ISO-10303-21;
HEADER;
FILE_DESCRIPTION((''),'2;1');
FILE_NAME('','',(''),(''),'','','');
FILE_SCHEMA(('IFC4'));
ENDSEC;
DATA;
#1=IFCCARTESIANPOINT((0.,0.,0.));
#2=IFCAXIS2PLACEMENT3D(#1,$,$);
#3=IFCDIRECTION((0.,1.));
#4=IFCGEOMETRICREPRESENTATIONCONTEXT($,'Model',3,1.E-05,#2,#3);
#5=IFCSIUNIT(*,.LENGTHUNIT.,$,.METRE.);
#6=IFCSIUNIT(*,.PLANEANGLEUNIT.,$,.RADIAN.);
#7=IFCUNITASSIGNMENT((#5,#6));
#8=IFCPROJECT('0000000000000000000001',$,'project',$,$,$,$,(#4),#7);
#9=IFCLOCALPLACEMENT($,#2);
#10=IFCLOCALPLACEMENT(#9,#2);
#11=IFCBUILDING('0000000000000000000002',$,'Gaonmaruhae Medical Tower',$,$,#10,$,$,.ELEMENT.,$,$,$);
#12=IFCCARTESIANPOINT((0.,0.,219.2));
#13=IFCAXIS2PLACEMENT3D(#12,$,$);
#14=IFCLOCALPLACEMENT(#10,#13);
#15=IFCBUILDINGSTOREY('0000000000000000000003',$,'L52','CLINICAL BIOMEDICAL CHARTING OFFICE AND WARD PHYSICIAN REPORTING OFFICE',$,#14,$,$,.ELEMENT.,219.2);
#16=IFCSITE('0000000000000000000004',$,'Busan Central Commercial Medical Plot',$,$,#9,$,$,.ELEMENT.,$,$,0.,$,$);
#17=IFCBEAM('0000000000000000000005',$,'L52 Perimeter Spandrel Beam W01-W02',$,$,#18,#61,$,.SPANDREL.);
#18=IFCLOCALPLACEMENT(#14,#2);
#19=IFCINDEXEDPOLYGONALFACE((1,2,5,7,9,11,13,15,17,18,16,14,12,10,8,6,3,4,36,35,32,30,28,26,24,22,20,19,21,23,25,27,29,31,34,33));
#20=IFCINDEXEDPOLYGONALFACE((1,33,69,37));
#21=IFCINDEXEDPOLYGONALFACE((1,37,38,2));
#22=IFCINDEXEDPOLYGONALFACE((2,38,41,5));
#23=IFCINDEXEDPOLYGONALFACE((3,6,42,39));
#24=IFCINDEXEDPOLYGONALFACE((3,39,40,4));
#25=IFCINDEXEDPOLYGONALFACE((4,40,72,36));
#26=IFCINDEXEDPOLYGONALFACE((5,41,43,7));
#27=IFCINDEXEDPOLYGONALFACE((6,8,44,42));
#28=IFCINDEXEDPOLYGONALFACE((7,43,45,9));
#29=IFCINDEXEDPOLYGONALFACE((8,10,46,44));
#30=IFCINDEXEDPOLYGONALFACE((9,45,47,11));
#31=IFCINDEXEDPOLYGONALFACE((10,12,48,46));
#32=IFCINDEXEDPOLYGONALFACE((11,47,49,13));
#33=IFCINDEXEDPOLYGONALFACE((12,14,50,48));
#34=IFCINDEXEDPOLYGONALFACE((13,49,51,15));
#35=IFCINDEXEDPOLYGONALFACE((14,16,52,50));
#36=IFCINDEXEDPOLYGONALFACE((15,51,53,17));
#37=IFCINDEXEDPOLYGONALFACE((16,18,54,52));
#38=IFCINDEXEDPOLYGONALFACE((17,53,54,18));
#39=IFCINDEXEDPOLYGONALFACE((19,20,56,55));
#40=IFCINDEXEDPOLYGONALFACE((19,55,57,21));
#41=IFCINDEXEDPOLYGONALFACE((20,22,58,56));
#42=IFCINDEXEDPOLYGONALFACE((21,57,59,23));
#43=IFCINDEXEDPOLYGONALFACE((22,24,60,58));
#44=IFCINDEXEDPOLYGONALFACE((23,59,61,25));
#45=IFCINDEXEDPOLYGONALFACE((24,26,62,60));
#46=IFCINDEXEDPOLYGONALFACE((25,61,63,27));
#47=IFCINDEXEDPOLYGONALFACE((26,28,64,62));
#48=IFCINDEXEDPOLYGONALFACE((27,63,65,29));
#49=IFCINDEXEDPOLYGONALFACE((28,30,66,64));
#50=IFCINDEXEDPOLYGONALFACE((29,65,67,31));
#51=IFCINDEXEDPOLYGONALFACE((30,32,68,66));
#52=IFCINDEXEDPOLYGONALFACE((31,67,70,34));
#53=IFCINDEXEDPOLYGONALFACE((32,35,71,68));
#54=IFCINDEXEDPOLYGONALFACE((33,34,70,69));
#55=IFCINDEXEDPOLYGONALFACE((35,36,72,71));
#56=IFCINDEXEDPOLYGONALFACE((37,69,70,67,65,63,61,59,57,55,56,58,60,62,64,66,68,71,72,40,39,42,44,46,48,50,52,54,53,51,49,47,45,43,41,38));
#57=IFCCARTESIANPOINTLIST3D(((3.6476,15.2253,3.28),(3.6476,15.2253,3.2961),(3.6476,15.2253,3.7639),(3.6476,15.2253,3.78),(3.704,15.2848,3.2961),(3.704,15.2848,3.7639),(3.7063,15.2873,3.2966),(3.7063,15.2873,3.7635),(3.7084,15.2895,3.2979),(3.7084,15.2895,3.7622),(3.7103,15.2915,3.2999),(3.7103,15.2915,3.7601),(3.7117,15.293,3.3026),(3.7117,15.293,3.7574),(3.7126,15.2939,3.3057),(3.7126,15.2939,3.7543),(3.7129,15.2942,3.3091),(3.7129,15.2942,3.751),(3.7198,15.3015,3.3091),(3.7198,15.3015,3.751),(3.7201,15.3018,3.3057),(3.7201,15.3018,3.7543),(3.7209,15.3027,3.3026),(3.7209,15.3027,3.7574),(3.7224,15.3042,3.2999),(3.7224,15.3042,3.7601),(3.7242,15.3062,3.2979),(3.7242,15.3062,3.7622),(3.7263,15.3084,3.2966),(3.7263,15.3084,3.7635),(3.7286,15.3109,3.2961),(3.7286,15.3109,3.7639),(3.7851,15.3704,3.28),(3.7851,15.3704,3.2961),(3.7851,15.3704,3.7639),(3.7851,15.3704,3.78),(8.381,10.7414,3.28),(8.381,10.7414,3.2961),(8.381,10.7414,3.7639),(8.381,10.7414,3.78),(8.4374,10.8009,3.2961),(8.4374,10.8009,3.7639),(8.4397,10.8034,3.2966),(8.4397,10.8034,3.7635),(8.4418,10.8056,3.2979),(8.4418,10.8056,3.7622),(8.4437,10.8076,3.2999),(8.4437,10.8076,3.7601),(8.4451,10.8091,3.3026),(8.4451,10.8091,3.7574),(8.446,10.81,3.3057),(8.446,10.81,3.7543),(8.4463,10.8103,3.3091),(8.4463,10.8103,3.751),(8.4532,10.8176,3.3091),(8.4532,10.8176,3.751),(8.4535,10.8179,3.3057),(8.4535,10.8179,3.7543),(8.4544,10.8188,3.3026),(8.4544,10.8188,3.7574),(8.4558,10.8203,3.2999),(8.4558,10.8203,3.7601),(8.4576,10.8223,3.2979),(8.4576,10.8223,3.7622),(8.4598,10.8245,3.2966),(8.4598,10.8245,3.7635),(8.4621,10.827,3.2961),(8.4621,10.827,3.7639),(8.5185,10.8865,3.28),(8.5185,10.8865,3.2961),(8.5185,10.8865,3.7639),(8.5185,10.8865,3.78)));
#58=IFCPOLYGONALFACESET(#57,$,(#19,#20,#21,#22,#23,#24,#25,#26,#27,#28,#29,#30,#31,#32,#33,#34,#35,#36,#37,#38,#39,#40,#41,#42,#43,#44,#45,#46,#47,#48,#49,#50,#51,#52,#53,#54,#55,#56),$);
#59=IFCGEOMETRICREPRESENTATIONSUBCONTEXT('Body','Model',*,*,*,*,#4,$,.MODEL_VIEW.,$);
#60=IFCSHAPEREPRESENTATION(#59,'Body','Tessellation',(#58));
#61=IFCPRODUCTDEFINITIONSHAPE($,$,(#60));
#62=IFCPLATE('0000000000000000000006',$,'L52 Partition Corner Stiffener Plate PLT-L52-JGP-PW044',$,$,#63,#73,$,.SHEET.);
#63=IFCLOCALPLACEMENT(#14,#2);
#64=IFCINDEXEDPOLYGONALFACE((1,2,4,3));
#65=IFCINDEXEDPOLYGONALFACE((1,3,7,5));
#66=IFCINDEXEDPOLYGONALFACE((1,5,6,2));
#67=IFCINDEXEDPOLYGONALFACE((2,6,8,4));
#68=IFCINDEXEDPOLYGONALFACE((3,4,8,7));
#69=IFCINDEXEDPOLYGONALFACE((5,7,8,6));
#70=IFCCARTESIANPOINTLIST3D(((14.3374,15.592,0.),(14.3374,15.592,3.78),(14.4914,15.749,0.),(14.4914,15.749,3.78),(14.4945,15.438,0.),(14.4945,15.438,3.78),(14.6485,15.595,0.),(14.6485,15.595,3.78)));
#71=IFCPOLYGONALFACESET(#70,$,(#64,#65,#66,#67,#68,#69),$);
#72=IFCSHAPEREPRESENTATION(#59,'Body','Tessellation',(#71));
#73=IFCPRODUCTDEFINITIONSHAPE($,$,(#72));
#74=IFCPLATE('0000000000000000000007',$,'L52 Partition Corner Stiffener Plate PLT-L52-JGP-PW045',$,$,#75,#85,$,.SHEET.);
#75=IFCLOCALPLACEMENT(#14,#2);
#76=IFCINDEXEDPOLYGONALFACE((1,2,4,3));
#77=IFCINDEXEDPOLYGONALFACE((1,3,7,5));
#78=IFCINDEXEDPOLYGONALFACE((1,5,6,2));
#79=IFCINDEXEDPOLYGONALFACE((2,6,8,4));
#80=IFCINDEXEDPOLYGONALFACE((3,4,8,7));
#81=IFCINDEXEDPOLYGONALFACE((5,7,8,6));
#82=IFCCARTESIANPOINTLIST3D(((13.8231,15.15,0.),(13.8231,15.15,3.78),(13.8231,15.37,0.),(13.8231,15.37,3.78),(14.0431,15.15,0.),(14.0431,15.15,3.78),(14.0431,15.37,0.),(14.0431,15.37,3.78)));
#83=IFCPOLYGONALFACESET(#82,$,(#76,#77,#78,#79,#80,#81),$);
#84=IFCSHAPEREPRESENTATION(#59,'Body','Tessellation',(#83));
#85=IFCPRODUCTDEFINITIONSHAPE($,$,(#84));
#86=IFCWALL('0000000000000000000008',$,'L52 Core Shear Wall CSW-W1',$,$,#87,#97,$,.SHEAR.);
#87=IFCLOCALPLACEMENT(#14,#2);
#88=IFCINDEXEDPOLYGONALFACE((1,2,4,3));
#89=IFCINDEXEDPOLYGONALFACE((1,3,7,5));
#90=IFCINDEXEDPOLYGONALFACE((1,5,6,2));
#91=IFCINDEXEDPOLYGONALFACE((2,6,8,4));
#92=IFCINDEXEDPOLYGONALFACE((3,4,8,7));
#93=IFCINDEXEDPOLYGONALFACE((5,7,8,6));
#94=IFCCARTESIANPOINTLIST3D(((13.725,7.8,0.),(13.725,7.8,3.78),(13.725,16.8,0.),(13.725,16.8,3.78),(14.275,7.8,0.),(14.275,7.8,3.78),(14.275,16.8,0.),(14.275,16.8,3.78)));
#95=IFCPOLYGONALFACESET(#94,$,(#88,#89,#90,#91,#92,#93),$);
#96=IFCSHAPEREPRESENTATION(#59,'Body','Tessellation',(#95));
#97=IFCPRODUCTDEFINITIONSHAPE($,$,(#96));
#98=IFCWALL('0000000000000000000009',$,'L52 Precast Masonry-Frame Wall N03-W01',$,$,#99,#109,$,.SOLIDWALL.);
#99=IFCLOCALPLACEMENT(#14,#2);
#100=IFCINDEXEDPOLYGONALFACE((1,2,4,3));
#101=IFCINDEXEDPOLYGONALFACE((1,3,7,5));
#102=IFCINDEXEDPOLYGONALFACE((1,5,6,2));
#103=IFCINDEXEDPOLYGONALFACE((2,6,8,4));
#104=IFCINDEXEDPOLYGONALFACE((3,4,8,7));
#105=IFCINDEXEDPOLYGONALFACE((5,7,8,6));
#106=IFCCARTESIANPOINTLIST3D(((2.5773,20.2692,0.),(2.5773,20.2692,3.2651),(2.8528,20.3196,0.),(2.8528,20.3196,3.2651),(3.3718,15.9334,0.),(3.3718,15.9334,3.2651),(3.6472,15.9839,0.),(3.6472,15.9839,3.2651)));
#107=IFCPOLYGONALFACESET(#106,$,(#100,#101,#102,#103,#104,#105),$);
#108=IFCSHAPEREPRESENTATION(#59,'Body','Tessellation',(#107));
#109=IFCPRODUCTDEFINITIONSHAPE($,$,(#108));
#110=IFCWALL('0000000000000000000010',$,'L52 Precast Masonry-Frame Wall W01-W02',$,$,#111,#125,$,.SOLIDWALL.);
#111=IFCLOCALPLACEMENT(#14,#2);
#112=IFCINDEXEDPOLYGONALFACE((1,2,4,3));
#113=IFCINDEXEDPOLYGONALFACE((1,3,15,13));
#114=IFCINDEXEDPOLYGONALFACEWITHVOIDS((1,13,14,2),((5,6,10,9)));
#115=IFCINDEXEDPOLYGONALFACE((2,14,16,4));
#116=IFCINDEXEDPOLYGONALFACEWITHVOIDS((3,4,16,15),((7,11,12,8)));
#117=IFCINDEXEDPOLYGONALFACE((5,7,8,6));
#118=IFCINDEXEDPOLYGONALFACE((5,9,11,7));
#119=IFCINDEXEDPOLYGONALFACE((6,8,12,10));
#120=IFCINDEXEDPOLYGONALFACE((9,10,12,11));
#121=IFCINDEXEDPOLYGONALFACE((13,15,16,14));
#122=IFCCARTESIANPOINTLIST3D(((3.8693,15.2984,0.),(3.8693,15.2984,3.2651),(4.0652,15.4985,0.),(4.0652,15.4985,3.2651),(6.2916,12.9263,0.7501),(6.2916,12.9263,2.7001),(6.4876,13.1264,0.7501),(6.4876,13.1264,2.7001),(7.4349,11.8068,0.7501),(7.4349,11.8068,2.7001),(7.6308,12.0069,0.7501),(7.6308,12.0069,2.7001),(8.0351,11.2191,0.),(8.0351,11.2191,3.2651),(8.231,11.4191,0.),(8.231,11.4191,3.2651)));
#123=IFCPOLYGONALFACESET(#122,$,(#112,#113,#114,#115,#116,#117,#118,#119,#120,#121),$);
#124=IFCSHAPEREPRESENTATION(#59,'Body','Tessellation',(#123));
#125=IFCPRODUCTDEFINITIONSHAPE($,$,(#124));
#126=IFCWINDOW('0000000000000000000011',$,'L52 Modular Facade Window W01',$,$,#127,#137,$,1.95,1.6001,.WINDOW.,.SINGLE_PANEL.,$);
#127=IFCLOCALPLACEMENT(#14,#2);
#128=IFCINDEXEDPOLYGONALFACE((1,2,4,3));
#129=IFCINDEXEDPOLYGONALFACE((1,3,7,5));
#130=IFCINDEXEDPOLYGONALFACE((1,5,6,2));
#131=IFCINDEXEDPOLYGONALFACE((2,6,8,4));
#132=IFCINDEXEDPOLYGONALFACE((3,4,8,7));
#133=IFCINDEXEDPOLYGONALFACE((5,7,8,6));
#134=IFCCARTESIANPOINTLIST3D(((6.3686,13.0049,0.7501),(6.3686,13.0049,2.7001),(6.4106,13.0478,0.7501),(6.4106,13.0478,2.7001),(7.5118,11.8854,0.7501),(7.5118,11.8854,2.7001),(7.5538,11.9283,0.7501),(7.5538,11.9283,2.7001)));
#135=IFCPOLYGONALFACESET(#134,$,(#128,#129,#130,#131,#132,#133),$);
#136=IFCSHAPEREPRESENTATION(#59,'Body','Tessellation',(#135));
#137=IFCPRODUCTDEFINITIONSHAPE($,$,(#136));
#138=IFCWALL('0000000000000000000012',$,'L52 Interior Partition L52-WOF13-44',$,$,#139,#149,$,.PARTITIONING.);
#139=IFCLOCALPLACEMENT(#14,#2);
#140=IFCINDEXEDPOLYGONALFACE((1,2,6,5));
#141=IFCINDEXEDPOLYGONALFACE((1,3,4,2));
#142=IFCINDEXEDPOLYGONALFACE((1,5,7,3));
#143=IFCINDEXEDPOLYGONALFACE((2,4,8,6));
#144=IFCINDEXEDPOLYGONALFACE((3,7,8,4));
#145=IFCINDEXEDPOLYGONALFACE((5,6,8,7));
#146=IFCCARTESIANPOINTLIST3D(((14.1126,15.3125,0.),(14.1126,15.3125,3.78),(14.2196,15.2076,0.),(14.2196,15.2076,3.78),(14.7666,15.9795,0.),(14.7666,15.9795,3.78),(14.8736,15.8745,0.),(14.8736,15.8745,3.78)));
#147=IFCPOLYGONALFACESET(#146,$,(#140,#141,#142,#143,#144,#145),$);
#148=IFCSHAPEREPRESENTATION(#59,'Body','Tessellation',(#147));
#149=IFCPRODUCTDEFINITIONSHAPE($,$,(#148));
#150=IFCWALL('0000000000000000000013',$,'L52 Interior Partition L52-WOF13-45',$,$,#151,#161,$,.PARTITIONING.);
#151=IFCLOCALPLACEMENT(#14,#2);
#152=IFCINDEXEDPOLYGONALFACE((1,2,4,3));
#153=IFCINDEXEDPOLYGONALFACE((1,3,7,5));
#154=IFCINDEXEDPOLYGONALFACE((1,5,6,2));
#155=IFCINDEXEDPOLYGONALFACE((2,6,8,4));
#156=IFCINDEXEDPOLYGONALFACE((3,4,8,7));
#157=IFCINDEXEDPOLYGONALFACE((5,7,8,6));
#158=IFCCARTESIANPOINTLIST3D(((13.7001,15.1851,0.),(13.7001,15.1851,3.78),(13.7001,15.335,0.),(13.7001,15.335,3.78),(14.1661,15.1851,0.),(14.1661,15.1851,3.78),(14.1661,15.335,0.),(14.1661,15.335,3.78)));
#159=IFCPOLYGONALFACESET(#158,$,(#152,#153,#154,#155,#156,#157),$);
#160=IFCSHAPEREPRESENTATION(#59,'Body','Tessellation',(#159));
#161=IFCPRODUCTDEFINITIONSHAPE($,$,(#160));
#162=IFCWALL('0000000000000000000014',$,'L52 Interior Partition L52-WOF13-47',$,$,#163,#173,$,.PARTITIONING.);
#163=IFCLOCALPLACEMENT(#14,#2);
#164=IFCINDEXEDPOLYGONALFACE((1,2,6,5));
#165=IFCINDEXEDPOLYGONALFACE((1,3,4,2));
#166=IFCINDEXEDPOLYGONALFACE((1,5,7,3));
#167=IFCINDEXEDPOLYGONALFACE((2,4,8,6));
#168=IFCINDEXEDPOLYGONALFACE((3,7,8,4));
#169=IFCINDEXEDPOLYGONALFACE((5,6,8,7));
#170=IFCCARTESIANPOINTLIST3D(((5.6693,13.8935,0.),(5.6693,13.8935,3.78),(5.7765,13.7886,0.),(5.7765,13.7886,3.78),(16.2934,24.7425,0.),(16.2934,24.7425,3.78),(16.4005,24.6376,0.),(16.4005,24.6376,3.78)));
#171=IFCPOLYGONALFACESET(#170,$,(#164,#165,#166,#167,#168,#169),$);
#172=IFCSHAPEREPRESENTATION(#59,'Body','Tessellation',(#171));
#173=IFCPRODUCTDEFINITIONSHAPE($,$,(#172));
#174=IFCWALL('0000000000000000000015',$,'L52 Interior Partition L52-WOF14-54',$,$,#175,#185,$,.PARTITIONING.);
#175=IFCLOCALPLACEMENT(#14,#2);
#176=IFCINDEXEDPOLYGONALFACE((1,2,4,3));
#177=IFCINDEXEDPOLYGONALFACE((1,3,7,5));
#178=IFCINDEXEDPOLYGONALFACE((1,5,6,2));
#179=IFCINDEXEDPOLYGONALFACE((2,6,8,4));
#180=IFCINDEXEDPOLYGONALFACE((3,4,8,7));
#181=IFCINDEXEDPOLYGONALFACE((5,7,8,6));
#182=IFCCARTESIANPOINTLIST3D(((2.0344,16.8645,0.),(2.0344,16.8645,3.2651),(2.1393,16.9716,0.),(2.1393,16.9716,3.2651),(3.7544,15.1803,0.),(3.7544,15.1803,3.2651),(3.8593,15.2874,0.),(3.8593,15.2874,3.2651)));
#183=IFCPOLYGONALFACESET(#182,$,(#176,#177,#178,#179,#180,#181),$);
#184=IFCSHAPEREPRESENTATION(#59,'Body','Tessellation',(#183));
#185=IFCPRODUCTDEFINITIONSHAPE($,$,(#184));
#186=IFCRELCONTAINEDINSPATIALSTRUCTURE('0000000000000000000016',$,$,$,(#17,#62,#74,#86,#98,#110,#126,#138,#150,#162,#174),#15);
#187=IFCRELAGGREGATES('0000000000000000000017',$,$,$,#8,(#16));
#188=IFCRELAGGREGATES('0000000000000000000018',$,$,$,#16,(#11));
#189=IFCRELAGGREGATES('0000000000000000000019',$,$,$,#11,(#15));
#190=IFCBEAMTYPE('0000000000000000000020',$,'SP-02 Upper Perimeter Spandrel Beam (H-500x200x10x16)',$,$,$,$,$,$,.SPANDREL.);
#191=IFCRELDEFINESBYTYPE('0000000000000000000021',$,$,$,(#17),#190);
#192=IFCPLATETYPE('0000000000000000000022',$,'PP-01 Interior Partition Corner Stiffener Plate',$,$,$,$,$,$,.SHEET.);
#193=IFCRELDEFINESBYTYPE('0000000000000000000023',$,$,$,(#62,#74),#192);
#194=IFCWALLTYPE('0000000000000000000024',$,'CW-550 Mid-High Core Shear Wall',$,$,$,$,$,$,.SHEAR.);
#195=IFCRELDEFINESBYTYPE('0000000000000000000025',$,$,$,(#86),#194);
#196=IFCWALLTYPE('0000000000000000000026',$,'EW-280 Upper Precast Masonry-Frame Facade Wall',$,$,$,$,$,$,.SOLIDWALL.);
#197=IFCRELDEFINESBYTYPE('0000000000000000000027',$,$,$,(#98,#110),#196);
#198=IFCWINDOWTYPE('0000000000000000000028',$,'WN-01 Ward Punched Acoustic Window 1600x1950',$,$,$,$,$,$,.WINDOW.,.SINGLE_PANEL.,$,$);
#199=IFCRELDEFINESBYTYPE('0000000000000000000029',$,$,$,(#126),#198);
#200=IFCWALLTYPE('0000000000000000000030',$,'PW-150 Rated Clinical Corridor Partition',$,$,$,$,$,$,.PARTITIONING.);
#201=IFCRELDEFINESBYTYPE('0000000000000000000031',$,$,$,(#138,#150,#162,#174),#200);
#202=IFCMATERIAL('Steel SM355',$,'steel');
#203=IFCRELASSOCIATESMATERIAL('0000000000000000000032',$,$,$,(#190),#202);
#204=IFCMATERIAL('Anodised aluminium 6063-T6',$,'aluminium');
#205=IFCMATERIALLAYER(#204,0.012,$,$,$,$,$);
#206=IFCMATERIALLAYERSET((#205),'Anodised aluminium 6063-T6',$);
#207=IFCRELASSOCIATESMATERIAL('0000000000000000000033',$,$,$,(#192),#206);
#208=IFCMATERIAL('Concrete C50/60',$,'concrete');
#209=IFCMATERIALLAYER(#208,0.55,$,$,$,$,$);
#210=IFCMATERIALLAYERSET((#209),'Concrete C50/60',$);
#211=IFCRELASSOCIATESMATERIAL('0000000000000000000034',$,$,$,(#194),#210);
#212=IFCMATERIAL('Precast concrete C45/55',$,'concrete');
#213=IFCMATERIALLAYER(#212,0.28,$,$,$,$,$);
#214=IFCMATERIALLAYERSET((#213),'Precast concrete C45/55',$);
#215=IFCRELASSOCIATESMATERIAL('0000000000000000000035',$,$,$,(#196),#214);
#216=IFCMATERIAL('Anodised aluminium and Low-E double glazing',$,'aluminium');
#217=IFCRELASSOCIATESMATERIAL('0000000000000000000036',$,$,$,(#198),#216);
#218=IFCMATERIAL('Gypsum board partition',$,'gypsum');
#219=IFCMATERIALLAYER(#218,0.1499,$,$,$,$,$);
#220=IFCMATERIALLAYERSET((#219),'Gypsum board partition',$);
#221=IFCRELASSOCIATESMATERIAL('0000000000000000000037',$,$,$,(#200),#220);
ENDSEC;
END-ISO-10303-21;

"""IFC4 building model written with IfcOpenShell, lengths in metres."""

from ifc_helpers import new_model, si_unit, direction, frame, frame_2d, origin, origin_2d, place, context, subcontext, project, spatial, rectangle, i_section, extrude, material, layer, layer_set, material_profile, profile_set, type_object, element, fill, save


model = new_model("IFC4")

# Units and contexts
model_context = context("Model", 3, precision=1e-05, world=origin(), true_north=direction((0.0, 1.0)))
body_context = subcontext(model_context, "Body", "Model", "MODEL_VIEW")
ifc_project = project(units=[si_unit("LENGTHUNIT", "METRE"), si_unit("PLANEANGLEUNIT", "RADIAN")], contexts=[model_context])

# Site, building, storey
site_placement = place(None, origin())
site = spatial("IfcSite", under=ifc_project, at=site_placement, Name="Busan Central Commercial Medical Plot", CompositionType="ELEMENT", RefElevation=0.0)
building_placement = place(site_placement, origin())
building = spatial("IfcBuilding", under=site, at=building_placement, Name="Gaonmaruhae Medical Tower", CompositionType="ELEMENT")
storey_placement = place(building_placement, frame((0.0, 0.0, 219.2)))
storey = spatial("IfcBuildingStorey", under=building, at=storey_placement, Name="L52", Description="CLINICAL BIOMEDICAL CHARTING OFFICE AND WARD PHYSICIAN REPORTING OFFICE", CompositionType="ELEMENT", Elevation=219.2)

# Shared definitions
ifc_material_1 = material(Name="Concrete C50/60", Category="concrete")

# Beam
ifc_material_2 = material(Name="Steel SM355", Category="steel")
ifc_material_profile_1 = material_profile(ifc_material_2, i_section(OverallWidth=0.2, OverallDepth=0.5, WebThickness=0.01, FlangeThickness=0.0161, FilletRadius=0.0129, at=origin_2d()), Name="H-500x200x10x16")
ifc_profile_set_1 = profile_set([ifc_material_profile_1], Name="Steel SM355")
beam_type_1 = type_object("IfcBeamType", Name="SP-02 Upper Perimeter Spandrel Beam (H-500x200x10x16)", PredefinedType="SPANDREL", material=ifc_profile_set_1)
beam_1_placement = place(storey_placement, frame((3.7163, 15.2979, 3.53), z_axis=(0.725982, -0.687713, 0.0), x_axis=(0.687713, 0.725982, 0.0)))
element("IfcBeam", 1, at=beam_1_placement, inside=storey, type_object=beam_type_1, Name="L52 Perimeter Spandrel Beam W01-W02", PredefinedType="SPANDREL", context=body_context, shape_type="SweptSolid", body=[
    extrude(i_section(OverallWidth=0.2, OverallDepth=0.5, WebThickness=0.01, FlangeThickness=0.0161, FilletRadius=0.0129, at=origin_2d()), origin(), (0.0, 0.0, 1.0), 6.52),
])

# Plates
ifc_material_3 = material(Name="Anodised aluminium 6063-T6", Category="aluminium")
ifc_layer_1 = layer(ifc_material_3, 0.012)
ifc_layer_set_1 = layer_set([ifc_layer_1], Name="Anodised aluminium 6063-T6")
plate_type = type_object("IfcPlateType", Name="PP-01 Interior Partition Corner Stiffener Plate", PredefinedType="SHEET", material=ifc_layer_set_1)
for number, where, z_axis, x_axis, name in (
    (2, (14.4929, 15.5935, 0.0), (0.0, 0.0, 1.0), (-0.700112, -0.714033, 0.0), "L52 Partition Corner Stiffener Plate PLT-L52-JGP-PW044"),
    (3, (13.9331, 15.26, 0.0), (0.0, 0.0, 1.0), (-1.0, 0.0, 0.0), "L52 Partition Corner Stiffener Plate PLT-L52-JGP-PW045"),
):
    element("IfcPlate", number, at=place(storey_placement, frame(where, z_axis=z_axis, x_axis=x_axis)), inside=storey, type_object=plate_type, Name=name, PredefinedType="SHEET", context=body_context, shape_type="SweptSolid", body=[
        extrude(rectangle(XDim=0.22, YDim=0.22, at=origin_2d()), origin(), (0.0, 0.0, 1.0), 3.78),
    ])

# Walls
ifc_layer_2 = layer(ifc_material_1, 0.55)
ifc_layer_set_2 = layer_set([ifc_layer_2], Name="Concrete C50/60")
wall_type_1 = type_object("IfcWallType", Name="CW-550 Mid-High Core Shear Wall", PredefinedType="SHEAR", material=ifc_layer_set_2)
wall_1_placement = place(storey_placement, frame((14.0, 16.8, 0.0), z_axis=(0.0, 0.0, 1.0), x_axis=(0.0, -1.0, 0.0)))
element("IfcWall", 4, at=wall_1_placement, inside=storey, type_object=wall_type_1, Name="L52 Core Shear Wall CSW-W1", PredefinedType="SHEAR", context=body_context, shape_type="SweptSolid", body=[
    extrude(rectangle(XDim=9.0, YDim=0.55, at=frame_2d((4.5, 0.0))), origin(), (0.0, 0.0, 1.0), 3.78),
])
ifc_material_4 = material(Name="Precast concrete C45/55", Category="concrete")
ifc_layer_3 = layer(ifc_material_4, 0.28)
ifc_layer_set_3 = layer_set([ifc_layer_3], Name="Precast concrete C45/55")
wall_type_2 = type_object("IfcWallType", Name="EW-280 Upper Precast Masonry-Frame Facade Wall", PredefinedType="SOLIDWALL", material=ifc_layer_set_3)
wall_2_placement = place(storey_placement, frame((3.5095, 15.9585, 0.0), z_axis=(0.0, 0.0, 1.0), x_axis=(-0.180231, 0.983624, 0.0)))
element("IfcWall", 5, at=wall_2_placement, inside=storey, type_object=wall_type_2, Name="L52 Precast Masonry-Frame Wall N03-W01", PredefinedType="SOLIDWALL", context=body_context, shape_type="SweptSolid", body=[
    extrude(rectangle(XDim=4.408, YDim=0.28, at=frame_2d((2.2041, 0.0))), origin(), (0.0, 0.0, 1.0), 3.2651),
])

# Wall, opening, window
wall_3_placement = place(storey_placement, frame((8.1331, 11.3191, 0.0), z_axis=(0.0, 0.0, 1.0), x_axis=(-0.714479, 0.699656, 0.0)))
wall_3 = element("IfcWall", 6, at=wall_3_placement, inside=storey, type_object=wall_type_2, Name="L52 Precast Masonry-Frame Wall W01-W02", PredefinedType="SOLIDWALL", context=body_context, shape_type="SweptSolid", body=[
    extrude(rectangle(XDim=5.8306, YDim=0.28, at=frame_2d((2.9153, 0.0))), origin(), (0.0, 0.0, 1.0), 3.2651),
])
opening_1_placement = place(wall_3_placement, frame((0.8401, 0.0, 0.75)))
opening_1 = element("IfcOpeningElement", 7, at=opening_1_placement, cuts=wall_3, PredefinedType="OPENING", context=body_context, shape_type="SweptSolid", body=[
    extrude(rectangle(XDim=1.6001, YDim=1.95, at=frame_2d((0.8, 0.9751))), frame((0.0, 0.1499, 0.0), z_axis=(0.0, -1.0, 0.0), x_axis=(1.0, 0.0, 0.0)), (0.0, 0.0, 1.0), 0.3),
])
ifc_material_5 = material(Name="Anodised aluminium and Low-E double glazing", Category="aluminium")
window_type = type_object("IfcWindowType", Name="WN-01 Ward Punched Acoustic Window 1600x1950", PartitioningType="SINGLE_PANEL", PredefinedType="WINDOW", material=ifc_material_5)
window_placement = place(opening_1_placement, origin())
window = element("IfcWindow", 8, at=window_placement, inside=storey, type_object=window_type, Name="L52 Modular Facade Window W01", OverallHeight=1.95, OverallWidth=1.6001, PartitioningType="SINGLE_PANEL", PredefinedType="WINDOW", context=body_context, shape_type="SweptSolid", body=[
    extrude(rectangle(XDim=1.6001, YDim=1.95, at=frame_2d((0.8, 0.9751))), frame((0.0, 0.03, 0.0), z_axis=(0.0, -1.0, 0.0), x_axis=(1.0, 0.0, 0.0)), (0.0, 0.0, 1.0), 0.0601),
])
fill(opening_1, window)

# Walls
ifc_material_6 = material(Name="Gypsum board partition", Category="gypsum")
ifc_layer_4 = layer(ifc_material_6, 0.1499)
ifc_layer_set_4 = layer_set([ifc_layer_4], Name="Gypsum board partition")
wall_type_3 = type_object("IfcWallType", Name="PW-150 Rated Clinical Corridor Partition", PredefinedType="PARTITIONING", material=ifc_layer_set_4)
wall_4_placement = place(storey_placement, frame((14.8201, 15.927, 0.0), z_axis=(0.0, 0.0, 1.0), x_axis=(-0.700147, -0.713999, 0.0)))
element("IfcWall", 9, at=wall_4_placement, inside=storey, type_object=wall_type_3, Name="L52 Interior Partition L52-WOF13-44", PredefinedType="PARTITIONING", context=body_context, shape_type="SweptSolid", body=[
    extrude(rectangle(XDim=0.9341, YDim=0.1499, at=frame_2d((0.467, 0.0))), origin(), (0.0, 0.0, 1.0), 3.78),
])
wall_5_placement = place(storey_placement, frame((14.166, 15.26, 0.0), z_axis=(0.0, 0.0, 1.0), x_axis=(-1.0, 0.0, 0.0)))
element("IfcWall", 10, at=wall_5_placement, inside=storey, type_object=wall_type_3, Name="L52 Interior Partition L52-WOF13-45", PredefinedType="PARTITIONING", context=body_context, shape_type="SweptSolid", body=[
    extrude(rectangle(XDim=0.4661, YDim=0.1499, at=frame_2d((0.2329, 0.0))), origin(), (0.0, 0.0, 1.0), 3.78),
])
wall_6_placement = place(storey_placement, frame((5.7229, 13.8411, 0.0), z_axis=(0.0, 0.0, 1.0), x_axis=(0.699664, 0.714472, 0.0)))
element("IfcWall", 11, at=wall_6_placement, inside=storey, type_object=wall_type_3, Name="L52 Interior Partition L52-WOF13-47", PredefinedType="PARTITIONING", context=body_context, shape_type="SweptSolid", body=[
    extrude(rectangle(XDim=15.1846, YDim=0.1499, at=frame_2d((7.5923, 0.0))), origin(), (0.0, 0.0, 1.0), 3.78),
])
wall_7_placement = place(storey_placement, frame((3.8069, 15.2339, 0.0), z_axis=(0.0, 0.0, 1.0), x_axis=(-0.714522, 0.699613, 0.0)))
element("IfcWall", 12, at=wall_7_placement, inside=storey, type_object=wall_type_3, Name="L52 Interior Partition L52-WOF14-54", PredefinedType="PARTITIONING", context=body_context, shape_type="SweptSolid", body=[
    extrude(rectangle(XDim=2.4072, YDim=0.1499, at=frame_2d((1.2036, 0.0))), origin(), (0.0, 0.0, 1.0), 3.2651),
])

save(model, "model.ifc")
